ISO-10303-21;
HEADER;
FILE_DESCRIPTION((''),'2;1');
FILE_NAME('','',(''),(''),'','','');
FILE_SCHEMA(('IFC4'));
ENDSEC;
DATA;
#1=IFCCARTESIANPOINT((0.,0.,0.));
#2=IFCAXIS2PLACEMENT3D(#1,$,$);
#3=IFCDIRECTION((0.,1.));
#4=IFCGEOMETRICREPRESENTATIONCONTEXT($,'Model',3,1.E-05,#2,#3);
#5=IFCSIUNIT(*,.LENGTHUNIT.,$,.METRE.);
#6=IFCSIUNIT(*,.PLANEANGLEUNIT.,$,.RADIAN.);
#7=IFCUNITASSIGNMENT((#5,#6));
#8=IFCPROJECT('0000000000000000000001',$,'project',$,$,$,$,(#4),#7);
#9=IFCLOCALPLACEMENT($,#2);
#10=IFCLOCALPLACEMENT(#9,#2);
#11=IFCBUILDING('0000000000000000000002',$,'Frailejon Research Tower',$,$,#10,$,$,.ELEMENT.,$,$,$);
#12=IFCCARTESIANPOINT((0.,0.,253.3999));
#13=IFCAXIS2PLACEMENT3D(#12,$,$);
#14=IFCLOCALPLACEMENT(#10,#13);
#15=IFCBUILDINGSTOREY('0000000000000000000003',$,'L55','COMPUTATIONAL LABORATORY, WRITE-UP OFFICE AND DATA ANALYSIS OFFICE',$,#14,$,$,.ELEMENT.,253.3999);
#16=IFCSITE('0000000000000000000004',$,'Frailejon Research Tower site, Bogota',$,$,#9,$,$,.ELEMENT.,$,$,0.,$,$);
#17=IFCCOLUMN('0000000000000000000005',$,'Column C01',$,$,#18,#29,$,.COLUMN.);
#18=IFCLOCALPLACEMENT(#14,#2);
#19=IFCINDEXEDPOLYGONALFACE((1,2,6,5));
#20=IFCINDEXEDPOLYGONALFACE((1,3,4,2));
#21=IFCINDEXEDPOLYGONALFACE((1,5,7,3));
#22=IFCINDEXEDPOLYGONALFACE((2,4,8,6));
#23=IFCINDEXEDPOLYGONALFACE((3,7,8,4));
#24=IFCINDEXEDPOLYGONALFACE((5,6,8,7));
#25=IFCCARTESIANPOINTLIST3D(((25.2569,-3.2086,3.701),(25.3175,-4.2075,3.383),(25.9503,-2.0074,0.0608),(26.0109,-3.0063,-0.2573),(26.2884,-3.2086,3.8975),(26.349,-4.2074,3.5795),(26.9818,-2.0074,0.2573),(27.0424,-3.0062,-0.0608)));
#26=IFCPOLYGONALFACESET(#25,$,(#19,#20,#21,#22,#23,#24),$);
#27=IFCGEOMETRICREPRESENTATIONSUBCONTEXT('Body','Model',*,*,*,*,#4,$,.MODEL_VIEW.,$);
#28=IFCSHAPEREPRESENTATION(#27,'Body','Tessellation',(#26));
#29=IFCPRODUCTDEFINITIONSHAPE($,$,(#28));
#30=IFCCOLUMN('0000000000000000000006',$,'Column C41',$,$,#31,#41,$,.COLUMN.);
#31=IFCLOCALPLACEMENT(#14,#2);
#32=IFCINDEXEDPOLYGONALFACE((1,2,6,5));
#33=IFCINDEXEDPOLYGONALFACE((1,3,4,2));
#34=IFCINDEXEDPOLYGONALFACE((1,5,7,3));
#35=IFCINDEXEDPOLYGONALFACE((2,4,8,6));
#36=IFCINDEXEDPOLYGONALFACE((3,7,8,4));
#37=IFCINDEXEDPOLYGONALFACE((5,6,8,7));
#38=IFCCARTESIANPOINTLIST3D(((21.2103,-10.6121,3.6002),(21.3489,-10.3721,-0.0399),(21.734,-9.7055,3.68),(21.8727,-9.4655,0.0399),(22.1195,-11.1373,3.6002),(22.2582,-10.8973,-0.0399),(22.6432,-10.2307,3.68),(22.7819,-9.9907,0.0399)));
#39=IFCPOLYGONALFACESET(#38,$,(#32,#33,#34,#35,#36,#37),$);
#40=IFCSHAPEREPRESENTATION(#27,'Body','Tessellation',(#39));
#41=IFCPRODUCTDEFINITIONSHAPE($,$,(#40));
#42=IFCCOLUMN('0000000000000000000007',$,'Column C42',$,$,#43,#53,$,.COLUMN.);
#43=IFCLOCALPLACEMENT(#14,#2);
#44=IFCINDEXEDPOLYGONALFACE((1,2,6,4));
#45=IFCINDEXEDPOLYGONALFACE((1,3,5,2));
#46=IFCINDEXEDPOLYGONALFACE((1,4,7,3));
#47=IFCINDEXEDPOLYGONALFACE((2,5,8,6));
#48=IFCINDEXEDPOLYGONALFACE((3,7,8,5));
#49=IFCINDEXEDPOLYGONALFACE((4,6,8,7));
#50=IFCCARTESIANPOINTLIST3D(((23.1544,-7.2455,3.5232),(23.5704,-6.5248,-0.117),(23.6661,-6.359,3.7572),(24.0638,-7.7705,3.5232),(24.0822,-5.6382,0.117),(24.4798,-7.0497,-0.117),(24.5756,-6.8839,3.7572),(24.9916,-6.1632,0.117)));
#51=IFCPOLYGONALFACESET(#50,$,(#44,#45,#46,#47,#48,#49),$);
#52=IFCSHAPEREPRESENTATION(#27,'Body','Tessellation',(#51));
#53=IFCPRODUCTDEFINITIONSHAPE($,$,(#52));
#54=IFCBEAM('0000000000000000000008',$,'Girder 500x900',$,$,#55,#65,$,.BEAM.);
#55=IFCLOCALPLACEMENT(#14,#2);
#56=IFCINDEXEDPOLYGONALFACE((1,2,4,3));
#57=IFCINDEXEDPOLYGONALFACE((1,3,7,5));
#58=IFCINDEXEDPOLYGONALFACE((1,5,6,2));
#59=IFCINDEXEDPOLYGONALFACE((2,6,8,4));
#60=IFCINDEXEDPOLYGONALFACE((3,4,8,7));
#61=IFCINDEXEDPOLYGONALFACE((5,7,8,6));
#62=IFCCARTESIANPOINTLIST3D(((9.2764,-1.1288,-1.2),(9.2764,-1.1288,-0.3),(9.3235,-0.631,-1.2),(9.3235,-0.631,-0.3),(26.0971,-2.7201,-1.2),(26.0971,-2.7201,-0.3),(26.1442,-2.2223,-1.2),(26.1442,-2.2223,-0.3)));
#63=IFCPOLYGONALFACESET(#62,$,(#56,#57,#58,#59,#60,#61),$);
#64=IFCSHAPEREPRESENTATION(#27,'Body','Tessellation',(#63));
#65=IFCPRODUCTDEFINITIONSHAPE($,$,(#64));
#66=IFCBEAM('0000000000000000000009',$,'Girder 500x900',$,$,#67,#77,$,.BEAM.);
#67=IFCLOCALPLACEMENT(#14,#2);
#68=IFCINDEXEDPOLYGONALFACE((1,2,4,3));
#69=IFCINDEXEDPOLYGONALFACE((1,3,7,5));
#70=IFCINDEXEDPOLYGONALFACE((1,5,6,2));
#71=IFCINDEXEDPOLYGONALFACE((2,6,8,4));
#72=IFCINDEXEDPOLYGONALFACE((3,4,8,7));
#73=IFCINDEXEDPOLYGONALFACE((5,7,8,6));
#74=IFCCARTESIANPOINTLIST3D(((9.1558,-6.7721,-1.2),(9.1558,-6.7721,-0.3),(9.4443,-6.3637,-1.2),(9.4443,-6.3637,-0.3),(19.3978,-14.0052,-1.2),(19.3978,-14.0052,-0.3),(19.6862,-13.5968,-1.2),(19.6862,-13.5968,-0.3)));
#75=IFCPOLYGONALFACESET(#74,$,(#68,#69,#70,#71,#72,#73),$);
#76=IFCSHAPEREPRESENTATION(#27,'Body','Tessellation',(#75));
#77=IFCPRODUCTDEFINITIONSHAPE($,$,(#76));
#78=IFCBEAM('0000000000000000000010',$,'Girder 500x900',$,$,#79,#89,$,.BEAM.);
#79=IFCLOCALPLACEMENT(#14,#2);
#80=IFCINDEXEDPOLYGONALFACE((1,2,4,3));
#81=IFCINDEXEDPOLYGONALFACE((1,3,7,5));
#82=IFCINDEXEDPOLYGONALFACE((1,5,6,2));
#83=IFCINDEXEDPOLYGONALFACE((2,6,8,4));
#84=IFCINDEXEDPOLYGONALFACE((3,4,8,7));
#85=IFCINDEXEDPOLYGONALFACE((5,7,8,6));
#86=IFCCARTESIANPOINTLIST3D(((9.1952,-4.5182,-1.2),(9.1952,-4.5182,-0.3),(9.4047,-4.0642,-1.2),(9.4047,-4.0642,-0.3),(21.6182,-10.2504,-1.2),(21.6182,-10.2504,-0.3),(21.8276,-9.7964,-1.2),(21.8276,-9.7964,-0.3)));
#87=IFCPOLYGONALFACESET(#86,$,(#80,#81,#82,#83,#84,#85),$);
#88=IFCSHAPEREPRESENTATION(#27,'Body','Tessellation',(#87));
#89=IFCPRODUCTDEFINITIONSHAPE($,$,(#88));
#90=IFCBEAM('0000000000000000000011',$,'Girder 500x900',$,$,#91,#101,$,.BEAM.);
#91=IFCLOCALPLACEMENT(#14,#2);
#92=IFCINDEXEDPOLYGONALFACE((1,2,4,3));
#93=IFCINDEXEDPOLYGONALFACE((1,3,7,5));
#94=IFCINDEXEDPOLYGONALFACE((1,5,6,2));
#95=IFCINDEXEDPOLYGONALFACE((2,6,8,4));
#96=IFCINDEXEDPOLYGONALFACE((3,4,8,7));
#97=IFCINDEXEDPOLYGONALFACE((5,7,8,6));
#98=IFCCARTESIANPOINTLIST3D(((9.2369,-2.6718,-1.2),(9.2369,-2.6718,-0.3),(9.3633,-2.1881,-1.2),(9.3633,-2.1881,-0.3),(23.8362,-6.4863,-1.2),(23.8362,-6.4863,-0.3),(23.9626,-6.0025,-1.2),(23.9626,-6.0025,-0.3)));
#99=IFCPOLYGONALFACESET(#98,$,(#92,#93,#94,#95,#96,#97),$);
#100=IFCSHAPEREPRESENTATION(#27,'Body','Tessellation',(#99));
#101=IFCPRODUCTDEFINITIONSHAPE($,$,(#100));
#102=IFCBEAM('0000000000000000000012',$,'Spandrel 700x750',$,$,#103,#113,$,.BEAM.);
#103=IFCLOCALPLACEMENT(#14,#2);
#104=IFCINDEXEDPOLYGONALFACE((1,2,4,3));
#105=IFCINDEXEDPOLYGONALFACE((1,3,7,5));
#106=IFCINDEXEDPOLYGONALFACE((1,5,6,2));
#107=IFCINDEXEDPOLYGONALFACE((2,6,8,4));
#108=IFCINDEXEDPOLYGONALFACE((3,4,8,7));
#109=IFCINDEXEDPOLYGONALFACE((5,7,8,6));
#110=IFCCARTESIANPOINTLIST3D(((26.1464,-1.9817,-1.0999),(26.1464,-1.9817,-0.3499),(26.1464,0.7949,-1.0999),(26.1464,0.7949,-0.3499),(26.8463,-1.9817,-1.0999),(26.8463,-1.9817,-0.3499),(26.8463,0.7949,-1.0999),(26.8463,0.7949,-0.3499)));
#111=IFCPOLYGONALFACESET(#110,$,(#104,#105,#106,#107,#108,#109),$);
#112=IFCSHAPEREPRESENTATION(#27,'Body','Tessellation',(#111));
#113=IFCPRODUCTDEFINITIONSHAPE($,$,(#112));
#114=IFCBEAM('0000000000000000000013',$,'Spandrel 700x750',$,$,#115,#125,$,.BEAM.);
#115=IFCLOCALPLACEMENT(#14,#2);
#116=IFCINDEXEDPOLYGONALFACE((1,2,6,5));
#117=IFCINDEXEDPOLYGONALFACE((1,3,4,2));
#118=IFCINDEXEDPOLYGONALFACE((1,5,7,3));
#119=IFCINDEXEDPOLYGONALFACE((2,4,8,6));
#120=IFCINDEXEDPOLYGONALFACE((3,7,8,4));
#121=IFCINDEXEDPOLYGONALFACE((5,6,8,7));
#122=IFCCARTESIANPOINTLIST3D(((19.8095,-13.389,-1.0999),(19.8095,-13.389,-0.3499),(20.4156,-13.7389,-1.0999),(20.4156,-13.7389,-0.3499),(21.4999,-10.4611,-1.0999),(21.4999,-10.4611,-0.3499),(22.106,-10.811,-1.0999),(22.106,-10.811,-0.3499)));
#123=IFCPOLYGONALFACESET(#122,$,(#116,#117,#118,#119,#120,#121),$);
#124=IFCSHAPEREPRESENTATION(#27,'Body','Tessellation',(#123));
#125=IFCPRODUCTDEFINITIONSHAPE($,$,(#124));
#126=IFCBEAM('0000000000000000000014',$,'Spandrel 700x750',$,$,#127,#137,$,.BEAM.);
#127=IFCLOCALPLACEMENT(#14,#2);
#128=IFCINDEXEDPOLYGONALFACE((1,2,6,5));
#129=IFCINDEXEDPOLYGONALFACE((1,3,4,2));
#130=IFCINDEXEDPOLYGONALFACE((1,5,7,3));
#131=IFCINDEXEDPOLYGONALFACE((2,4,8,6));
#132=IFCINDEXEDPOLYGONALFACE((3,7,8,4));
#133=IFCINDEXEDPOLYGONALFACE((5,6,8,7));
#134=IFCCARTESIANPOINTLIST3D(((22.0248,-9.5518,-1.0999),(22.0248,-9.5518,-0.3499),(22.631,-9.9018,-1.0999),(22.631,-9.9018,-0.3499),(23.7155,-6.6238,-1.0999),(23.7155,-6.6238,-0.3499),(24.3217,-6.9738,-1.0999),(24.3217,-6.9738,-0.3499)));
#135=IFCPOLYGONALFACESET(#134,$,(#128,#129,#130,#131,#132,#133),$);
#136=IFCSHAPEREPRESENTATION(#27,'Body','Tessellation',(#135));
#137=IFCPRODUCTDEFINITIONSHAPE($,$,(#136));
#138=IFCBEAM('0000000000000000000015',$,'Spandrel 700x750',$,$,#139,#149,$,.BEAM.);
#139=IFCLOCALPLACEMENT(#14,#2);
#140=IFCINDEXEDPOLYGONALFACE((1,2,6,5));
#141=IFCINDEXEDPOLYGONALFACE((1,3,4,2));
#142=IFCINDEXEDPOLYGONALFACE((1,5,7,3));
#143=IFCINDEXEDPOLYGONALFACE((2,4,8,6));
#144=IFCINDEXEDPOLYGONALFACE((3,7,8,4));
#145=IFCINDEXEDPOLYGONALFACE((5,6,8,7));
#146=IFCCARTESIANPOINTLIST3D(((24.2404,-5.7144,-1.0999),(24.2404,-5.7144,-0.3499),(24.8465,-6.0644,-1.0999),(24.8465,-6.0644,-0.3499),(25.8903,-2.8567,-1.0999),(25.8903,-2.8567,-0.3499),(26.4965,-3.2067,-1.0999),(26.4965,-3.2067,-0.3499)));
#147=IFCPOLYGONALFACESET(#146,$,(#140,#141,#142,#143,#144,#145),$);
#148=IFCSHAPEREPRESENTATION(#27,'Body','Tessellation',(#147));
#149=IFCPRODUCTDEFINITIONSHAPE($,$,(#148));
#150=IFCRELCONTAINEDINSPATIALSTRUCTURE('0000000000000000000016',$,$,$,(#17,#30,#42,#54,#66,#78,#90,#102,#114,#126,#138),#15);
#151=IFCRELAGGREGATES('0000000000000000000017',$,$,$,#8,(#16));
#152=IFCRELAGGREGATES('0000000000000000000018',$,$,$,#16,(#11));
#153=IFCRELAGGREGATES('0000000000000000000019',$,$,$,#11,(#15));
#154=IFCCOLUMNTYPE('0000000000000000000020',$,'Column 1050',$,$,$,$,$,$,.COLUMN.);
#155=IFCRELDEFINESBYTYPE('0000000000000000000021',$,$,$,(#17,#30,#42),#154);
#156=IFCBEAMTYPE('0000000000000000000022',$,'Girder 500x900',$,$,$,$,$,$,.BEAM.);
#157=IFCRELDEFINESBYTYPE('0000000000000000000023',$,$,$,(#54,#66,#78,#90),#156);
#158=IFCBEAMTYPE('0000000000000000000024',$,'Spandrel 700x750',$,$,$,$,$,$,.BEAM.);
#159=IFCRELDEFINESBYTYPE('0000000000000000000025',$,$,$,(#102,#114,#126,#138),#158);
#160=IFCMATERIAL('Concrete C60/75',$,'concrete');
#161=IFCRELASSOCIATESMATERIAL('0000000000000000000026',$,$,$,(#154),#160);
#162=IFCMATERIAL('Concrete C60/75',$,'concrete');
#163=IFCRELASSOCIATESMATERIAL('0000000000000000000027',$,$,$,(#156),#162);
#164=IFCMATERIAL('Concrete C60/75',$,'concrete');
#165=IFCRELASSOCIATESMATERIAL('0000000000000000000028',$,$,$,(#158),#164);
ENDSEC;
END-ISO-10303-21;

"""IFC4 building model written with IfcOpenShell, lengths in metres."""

from ifc_helpers import new_model, si_unit, direction, frame, origin, origin_2d, place, context, subcontext, project, spatial, rectangle, extrude, material, material_profile, profile_set, type_object, element, save


model = new_model("IFC4")

# Units and contexts
model_context = context("Model", 3, precision=1e-05, world=origin(), true_north=direction((0.0, 1.0)))
body_context = subcontext(model_context, "Body", "Model", "MODEL_VIEW")
ifc_project = project(units=[si_unit("LENGTHUNIT", "METRE"), si_unit("PLANEANGLEUNIT", "RADIAN")], contexts=[model_context])

# Site, building, storey
site_placement = place(None, origin())
site = spatial("IfcSite", under=ifc_project, at=site_placement, Name="Frailejon Research Tower site, Bogota", CompositionType="ELEMENT", RefElevation=0.0)
building_placement = place(site_placement, origin())
building = spatial("IfcBuilding", under=site, at=building_placement, Name="Frailejon Research Tower", CompositionType="ELEMENT")
storey_placement = place(building_placement, frame((0.0, 0.0, 253.3999)))
storey = spatial("IfcBuildingStorey", under=building, at=storey_placement, Name="L55", Description="COMPUTATIONAL LABORATORY, WRITE-UP OFFICE AND DATA ANALYSIS OFFICE", CompositionType="ELEMENT", Elevation=253.3999)

# Columns
ifc_material_1 = material(Name="Concrete C60/75", Category="concrete")
ifc_material_profile_1 = material_profile(ifc_material_1, rectangle(XDim=1.05, YDim=1.05, at=origin_2d()), Name="Column 1050")
ifc_profile_set_1 = profile_set([ifc_material_profile_1], Name="Concrete C60/75")
column_type = type_object("IfcColumnType", Name="Column 1050", PredefinedType="COLUMN", material=ifc_profile_set_1)
column_1_placement = place(storey_placement, frame((26.4963, -2.5068, 0.0), z_axis=(-0.177994, -0.308356, 0.93447), x_axis=(-0.05776, 0.951271, 0.302898)))
element("IfcColumn", 1, at=column_1_placement, inside=storey, type_object=column_type, Name="Column C01", PredefinedType="COLUMN", context=body_context, shape_type="SweptSolid", body=[
    extrude(rectangle(XDim=1.05, YDim=1.05, at=origin_2d()), origin(), (0.0, 0.0, 1.0), 3.8955),
])
column_2_placement = place(storey_placement, frame((22.0654, -10.1814, 0.0), z_axis=(-0.037985, -0.065739, 0.997114), x_axis=(0.498771, 0.863402, 0.075924)))
element("IfcColumn", 2, at=column_2_placement, inside=storey, type_object=column_type, Name="Column C41", PredefinedType="COLUMN", context=body_context, shape_type="SweptSolid", body=[
    extrude(rectangle(XDim=1.05, YDim=1.05, at=origin_2d()), origin(), (0.0, 0.0, 1.0), 3.6506),
])
column_3_placement = place(storey_placement, frame((24.281, -6.344, 0.0), z_axis=(-0.111412, -0.193009, 0.974851), x_axis=(0.487356, 0.844286, 0.222856)))
element("IfcColumn", 3, at=column_3_placement, inside=storey, type_object=column_type, Name="Column C42", PredefinedType="COLUMN", context=body_context, shape_type="SweptSolid", body=[
    extrude(rectangle(XDim=1.05, YDim=1.05, at=origin_2d()), origin(), (0.0, 0.0, 1.0), 3.7341),
])

# Beams
ifc_material_2 = material(Name="Concrete C60/75", Category="concrete")
ifc_material_profile_2 = material_profile(ifc_material_2, rectangle(XDim=0.5, YDim=0.8999, at=origin_2d()), Name="Girder 500x900")
ifc_profile_set_2 = profile_set([ifc_material_profile_2], Name="Concrete C60/75")
beam_type_1 = type_object("IfcBeamType", Name="Girder 500x900", PredefinedType="BEAM", material=ifc_profile_set_2)
beam_1_placement = place(storey_placement, frame((26.1206, -2.4712, -0.75), z_axis=(-0.995555, 0.094184, 0.0), x_axis=(-0.094184, -0.995555, 0.0)))
element("IfcBeam", 4, at=beam_1_placement, inside=storey, type_object=beam_type_1, Name="Girder 500x900", PredefinedType="BEAM", context=body_context, shape_type="SweptSolid", body=[
    extrude(rectangle(XDim=0.5, YDim=0.8999, at=origin_2d()), origin(), (0.0, 0.0, 1.0), 16.8958),
])
beam_2_placement = place(storey_placement, frame((19.542, -13.801, -0.75), z_axis=(-0.816835, 0.576872, 0.0), x_axis=(-0.576872, -0.816835, 0.0)))
element("IfcBeam", 5, at=beam_2_placement, inside=storey, type_object=beam_type_1, Name="Girder 500x900", PredefinedType="BEAM", context=body_context, shape_type="SweptSolid", body=[
    extrude(rectangle(XDim=0.5, YDim=0.8999, at=origin_2d()), origin(), (0.0, 0.0, 1.0), 12.5386),
])
beam_3_placement = place(storey_placement, frame((21.7229, -10.0234, -0.75), z_axis=(-0.908, 0.418971, 0.0), x_axis=(-0.418971, -0.908, 0.0)))
element("IfcBeam", 6, at=beam_3_placement, inside=storey, type_object=beam_type_1, Name="Girder 500x900", PredefinedType="BEAM", context=body_context, shape_type="SweptSolid", body=[
    extrude(rectangle(XDim=0.5, YDim=0.8999, at=origin_2d()), origin(), (0.0, 0.0, 1.0), 13.6816),
])
beam_4_placement = place(storey_placement, frame((23.8994, -6.2444, -0.75), z_axis=(-0.967521, 0.252789, 0.0), x_axis=(-0.252789, -0.967521, 0.0)))
element("IfcBeam", 7, at=beam_4_placement, inside=storey, type_object=beam_type_1, Name="Girder 500x900", PredefinedType="BEAM", context=body_context, shape_type="SweptSolid", body=[
    extrude(rectangle(XDim=0.5, YDim=0.8999, at=origin_2d()), origin(), (0.0, 0.0, 1.0), 15.0894),
])
ifc_material_3 = material(Name="Concrete C60/75", Category="concrete")
ifc_material_profile_3 = material_profile(ifc_material_3, rectangle(XDim=0.7, YDim=0.75, at=origin_2d()), Name="Spandrel 700x750")
ifc_profile_set_3 = profile_set([ifc_material_profile_3], Name="Concrete C60/75")
beam_type_2 = type_object("IfcBeamType", Name="Spandrel 700x750", PredefinedType="BEAM", material=ifc_profile_set_3)
beam_5_placement = place(storey_placement, frame((26.4963, -1.9817, -0.7249), z_axis=(0.0, 1.0, 0.0), x_axis=(-1.0, 0.0, 0.0)))
element("IfcBeam", 8, at=beam_5_placement, inside=storey, type_object=beam_type_2, Name="Spandrel 700x750", PredefinedType="BEAM", context=body_context, shape_type="SweptSolid", body=[
    extrude(rectangle(XDim=0.7, YDim=0.75, at=origin_2d()), origin(), (0.0, 0.0, 1.0), 2.7766),
])
beam_6_placement = place(storey_placement, frame((20.1125, -13.564, -0.7249), z_axis=(0.499991, 0.86603, 0.0), x_axis=(-0.86603, 0.499991, 0.0)))
element("IfcBeam", 9, at=beam_6_placement, inside=storey, type_object=beam_type_2, Name="Spandrel 700x750", PredefinedType="BEAM", context=body_context, shape_type="SweptSolid", body=[
    extrude(rectangle(XDim=0.7, YDim=0.75, at=origin_2d()), origin(), (0.0, 0.0, 1.0), 3.3809),
])
beam_7_placement = place(storey_placement, frame((22.3279, -9.7268, -0.7249), z_axis=(0.500045, 0.865999, 0.0), x_axis=(-0.865999, 0.500045, 0.0)))
element("IfcBeam", 10, at=beam_7_placement, inside=storey, type_object=beam_type_2, Name="Spandrel 700x750", PredefinedType="BEAM", context=body_context, shape_type="SweptSolid", body=[
    extrude(rectangle(XDim=0.7, YDim=0.75, at=origin_2d()), origin(), (0.0, 0.0, 1.0), 3.3811),
])
beam_8_placement = place(storey_placement, frame((24.5435, -5.8894, -0.7249), z_axis=(0.500006, 0.866022, 0.0), x_axis=(-0.866022, 0.500006, 0.0)))
element("IfcBeam", 11, at=beam_8_placement, inside=storey, type_object=beam_type_2, Name="Spandrel 700x750", PredefinedType="BEAM", context=body_context, shape_type="SweptSolid", body=[
    extrude(rectangle(XDim=0.7, YDim=0.75, at=origin_2d()), origin(), (0.0, 0.0, 1.0), 3.2998),
])

save(model, "model.ifc")
